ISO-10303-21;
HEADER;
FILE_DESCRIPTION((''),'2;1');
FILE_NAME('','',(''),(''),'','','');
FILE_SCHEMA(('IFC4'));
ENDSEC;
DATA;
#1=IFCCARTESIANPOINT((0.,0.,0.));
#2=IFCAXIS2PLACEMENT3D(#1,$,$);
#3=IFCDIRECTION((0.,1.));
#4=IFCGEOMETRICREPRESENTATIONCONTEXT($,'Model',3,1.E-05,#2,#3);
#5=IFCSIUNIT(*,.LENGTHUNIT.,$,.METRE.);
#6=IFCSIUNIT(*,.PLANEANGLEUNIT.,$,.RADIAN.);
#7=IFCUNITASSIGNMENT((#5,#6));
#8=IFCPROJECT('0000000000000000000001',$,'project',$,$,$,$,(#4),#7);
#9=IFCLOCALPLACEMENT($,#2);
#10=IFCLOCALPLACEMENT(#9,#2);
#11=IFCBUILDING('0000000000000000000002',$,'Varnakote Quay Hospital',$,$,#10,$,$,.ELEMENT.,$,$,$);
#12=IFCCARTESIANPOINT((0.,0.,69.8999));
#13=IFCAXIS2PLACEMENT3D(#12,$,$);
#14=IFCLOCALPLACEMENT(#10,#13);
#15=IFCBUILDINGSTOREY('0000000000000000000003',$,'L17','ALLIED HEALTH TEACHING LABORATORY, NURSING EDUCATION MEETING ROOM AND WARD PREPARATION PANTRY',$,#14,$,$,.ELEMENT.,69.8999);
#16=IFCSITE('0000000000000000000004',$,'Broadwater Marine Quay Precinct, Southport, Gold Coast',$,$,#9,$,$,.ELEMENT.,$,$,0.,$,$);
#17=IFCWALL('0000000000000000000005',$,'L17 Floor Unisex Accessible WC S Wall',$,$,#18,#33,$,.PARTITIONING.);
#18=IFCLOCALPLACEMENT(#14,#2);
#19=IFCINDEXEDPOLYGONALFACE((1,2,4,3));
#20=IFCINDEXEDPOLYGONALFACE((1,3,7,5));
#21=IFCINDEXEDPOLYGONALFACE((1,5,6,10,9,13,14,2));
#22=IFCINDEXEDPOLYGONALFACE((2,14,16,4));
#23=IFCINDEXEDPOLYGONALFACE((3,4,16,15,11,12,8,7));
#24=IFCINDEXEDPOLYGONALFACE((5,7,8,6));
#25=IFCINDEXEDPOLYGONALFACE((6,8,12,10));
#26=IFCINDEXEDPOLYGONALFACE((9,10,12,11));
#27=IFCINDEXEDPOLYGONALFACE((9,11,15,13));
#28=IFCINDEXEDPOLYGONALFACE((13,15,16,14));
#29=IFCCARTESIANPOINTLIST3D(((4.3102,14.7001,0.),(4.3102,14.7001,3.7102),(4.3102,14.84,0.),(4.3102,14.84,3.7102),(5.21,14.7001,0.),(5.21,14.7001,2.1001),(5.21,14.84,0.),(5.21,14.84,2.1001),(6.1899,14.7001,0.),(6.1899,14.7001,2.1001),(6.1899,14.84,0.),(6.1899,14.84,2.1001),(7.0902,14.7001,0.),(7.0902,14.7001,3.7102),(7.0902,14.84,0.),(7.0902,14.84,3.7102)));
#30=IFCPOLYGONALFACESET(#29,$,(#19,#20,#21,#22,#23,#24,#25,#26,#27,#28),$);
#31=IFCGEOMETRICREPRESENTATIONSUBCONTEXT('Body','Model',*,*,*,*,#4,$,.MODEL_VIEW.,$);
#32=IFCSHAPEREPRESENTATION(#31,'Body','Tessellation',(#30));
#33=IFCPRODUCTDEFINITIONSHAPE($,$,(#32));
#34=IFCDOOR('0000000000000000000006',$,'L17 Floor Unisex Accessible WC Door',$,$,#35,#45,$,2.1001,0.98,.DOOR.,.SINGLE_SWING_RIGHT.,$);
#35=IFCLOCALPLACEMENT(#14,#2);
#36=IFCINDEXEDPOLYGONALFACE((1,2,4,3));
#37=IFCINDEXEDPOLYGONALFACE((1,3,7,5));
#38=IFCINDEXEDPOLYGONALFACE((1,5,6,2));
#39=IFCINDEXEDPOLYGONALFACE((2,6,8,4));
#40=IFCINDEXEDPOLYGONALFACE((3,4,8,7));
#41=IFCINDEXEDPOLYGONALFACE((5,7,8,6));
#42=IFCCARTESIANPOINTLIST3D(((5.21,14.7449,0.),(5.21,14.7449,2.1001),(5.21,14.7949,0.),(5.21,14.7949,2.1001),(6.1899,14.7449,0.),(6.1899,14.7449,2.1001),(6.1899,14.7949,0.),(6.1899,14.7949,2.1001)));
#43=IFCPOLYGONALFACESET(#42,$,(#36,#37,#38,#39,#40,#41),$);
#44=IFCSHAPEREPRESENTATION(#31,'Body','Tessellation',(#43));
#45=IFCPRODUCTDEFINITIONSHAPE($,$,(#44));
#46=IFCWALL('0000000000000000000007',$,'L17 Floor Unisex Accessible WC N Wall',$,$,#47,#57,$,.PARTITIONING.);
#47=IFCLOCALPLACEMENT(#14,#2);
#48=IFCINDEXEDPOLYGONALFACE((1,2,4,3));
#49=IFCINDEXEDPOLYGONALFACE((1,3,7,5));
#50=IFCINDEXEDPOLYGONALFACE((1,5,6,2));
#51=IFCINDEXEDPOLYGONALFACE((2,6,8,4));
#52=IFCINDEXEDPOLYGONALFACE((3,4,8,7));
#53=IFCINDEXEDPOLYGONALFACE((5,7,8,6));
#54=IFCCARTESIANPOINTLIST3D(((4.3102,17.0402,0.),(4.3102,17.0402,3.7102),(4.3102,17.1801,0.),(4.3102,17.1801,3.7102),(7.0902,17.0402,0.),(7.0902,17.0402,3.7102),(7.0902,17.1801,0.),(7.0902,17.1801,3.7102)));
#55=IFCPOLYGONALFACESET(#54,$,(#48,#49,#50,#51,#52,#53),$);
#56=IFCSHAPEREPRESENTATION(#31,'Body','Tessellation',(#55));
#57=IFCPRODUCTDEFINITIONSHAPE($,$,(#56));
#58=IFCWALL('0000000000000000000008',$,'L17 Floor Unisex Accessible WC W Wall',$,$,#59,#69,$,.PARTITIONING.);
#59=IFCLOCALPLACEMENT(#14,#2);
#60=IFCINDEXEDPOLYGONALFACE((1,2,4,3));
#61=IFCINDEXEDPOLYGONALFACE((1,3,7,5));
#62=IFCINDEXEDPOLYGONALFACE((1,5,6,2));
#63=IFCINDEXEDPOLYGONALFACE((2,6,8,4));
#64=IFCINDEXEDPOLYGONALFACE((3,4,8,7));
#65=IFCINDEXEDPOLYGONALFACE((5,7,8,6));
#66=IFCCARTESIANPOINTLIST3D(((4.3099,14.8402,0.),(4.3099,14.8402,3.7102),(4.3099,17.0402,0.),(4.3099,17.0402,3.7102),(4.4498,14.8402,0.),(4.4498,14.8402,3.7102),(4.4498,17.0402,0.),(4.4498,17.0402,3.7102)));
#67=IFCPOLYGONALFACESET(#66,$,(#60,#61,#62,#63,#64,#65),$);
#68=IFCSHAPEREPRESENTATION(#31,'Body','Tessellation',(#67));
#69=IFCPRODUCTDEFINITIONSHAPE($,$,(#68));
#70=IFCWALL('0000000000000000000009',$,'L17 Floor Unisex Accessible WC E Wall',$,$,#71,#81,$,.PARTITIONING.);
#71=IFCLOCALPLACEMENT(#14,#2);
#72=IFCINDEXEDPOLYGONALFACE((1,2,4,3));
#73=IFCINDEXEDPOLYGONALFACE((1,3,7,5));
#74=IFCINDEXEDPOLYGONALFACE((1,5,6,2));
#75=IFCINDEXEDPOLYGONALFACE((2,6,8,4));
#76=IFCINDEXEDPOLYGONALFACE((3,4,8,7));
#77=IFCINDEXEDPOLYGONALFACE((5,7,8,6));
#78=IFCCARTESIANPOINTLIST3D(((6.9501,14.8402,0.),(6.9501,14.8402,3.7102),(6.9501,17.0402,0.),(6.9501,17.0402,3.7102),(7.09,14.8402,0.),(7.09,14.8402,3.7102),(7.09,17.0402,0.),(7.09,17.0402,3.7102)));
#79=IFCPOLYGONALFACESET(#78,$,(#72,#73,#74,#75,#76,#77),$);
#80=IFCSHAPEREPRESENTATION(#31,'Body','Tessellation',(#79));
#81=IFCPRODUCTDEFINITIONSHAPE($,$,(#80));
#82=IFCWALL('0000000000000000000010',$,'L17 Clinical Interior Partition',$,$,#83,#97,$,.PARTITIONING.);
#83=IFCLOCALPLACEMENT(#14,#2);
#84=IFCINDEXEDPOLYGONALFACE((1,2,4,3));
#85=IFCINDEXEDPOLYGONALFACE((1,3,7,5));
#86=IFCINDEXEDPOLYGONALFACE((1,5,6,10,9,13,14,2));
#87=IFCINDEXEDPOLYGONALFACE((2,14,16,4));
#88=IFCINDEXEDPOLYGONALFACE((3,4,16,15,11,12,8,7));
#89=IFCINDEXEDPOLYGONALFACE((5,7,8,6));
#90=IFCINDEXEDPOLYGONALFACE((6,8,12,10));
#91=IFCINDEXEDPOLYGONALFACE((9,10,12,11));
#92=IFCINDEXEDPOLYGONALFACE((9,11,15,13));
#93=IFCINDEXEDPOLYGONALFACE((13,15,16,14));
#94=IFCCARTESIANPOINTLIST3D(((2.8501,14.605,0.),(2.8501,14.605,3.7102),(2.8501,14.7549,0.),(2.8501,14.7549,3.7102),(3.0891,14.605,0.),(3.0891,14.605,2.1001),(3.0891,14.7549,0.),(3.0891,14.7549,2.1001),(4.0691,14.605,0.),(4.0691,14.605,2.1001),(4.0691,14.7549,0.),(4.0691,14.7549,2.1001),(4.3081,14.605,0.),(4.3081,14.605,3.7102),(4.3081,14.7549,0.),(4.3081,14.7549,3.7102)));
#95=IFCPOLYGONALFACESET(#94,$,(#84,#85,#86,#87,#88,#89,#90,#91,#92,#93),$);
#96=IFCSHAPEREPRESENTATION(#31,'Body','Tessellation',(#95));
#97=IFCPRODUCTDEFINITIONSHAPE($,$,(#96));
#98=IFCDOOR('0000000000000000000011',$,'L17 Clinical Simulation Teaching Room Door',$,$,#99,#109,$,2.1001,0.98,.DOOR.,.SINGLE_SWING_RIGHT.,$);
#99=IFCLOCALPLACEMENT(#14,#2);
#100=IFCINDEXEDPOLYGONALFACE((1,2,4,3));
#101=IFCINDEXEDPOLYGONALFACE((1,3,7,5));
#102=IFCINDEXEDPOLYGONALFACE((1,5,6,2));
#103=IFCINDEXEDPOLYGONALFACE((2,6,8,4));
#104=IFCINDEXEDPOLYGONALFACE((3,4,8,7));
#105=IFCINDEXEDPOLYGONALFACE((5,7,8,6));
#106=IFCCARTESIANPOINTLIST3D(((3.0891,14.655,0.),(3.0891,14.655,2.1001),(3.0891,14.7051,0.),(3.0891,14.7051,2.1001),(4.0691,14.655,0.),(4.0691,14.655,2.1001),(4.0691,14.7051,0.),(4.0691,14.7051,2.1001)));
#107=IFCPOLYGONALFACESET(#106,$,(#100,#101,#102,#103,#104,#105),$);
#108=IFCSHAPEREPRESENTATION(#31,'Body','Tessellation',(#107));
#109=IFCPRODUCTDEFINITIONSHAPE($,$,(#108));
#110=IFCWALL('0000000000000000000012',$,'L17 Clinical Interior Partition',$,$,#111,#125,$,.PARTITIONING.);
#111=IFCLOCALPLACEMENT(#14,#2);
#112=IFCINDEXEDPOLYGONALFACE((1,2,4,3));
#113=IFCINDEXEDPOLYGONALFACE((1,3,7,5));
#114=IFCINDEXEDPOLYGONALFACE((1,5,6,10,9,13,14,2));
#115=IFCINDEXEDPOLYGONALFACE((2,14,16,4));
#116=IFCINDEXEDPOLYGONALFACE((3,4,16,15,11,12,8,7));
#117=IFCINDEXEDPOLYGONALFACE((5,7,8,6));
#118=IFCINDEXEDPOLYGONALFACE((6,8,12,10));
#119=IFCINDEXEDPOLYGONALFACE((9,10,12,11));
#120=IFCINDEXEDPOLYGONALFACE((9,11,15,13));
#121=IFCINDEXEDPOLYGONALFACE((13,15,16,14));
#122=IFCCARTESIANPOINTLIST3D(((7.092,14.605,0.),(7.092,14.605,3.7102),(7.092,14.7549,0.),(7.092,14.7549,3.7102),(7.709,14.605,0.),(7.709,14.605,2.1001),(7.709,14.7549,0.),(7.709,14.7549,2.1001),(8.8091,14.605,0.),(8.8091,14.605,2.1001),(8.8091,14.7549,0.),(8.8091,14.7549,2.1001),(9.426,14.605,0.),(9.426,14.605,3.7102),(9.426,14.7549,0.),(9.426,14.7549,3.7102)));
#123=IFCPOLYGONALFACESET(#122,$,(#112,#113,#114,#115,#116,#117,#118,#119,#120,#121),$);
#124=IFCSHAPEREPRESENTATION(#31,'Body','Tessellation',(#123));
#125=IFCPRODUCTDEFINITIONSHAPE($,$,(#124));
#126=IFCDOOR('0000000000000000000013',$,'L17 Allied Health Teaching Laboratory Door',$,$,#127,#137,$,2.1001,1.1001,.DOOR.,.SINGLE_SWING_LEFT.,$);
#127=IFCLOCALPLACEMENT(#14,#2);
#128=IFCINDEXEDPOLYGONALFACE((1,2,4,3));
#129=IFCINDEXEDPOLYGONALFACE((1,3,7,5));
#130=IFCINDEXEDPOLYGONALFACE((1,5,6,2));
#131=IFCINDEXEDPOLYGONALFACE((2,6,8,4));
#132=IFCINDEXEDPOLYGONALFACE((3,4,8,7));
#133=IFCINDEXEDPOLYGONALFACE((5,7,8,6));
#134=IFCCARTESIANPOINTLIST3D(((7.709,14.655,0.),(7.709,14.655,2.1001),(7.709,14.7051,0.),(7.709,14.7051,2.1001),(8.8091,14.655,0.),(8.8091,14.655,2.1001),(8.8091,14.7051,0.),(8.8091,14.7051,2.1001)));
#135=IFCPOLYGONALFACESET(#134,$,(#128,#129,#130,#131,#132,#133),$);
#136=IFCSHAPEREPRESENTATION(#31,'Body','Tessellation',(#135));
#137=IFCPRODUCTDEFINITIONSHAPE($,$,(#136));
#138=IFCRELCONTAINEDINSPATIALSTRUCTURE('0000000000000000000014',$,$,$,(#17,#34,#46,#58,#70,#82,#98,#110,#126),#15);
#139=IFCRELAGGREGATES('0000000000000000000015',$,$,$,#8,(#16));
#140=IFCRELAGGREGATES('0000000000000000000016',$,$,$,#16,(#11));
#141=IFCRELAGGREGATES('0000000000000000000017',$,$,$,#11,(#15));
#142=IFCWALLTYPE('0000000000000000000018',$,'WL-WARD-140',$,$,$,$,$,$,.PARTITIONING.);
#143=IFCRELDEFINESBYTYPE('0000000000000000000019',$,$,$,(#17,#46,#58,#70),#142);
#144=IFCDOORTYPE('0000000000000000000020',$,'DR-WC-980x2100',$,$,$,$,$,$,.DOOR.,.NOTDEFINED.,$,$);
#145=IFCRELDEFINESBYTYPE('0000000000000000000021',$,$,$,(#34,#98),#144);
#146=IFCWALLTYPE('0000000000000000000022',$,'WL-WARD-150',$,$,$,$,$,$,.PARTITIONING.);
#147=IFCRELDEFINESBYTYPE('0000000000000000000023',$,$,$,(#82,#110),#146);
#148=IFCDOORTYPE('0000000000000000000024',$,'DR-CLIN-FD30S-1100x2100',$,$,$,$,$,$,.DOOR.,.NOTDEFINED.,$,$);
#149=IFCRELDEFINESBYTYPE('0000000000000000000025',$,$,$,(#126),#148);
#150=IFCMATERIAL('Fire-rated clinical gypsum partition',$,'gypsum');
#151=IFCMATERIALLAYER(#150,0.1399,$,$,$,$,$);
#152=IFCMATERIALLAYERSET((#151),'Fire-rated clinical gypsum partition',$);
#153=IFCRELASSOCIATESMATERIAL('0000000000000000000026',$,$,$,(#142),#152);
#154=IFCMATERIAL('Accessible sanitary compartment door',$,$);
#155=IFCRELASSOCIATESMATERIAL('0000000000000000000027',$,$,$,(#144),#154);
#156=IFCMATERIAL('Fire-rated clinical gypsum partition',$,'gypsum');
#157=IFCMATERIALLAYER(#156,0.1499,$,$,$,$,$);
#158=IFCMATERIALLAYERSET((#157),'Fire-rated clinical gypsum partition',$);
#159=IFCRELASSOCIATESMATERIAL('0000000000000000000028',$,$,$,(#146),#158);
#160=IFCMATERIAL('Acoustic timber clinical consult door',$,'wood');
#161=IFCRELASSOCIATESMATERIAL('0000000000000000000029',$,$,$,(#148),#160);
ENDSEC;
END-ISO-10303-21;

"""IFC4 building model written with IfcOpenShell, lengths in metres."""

from ifc_helpers import new_model, si_unit, direction, frame, frame_2d, origin, place, context, subcontext, project, spatial, rectangle, extrude, material, layer, layer_set, type_object, element, fill, save


model = new_model("IFC4")

# Units and contexts
model_context = context("Model", 3, precision=1e-05, world=origin(), true_north=direction((0.0, 1.0)))
body_context = subcontext(model_context, "Body", "Model", "MODEL_VIEW")
ifc_project = project(units=[si_unit("LENGTHUNIT", "METRE"), si_unit("PLANEANGLEUNIT", "RADIAN")], contexts=[model_context])

# Site, building, storey
site_placement = place(None, origin())
site = spatial("IfcSite", under=ifc_project, at=site_placement, Name="Broadwater Marine Quay Precinct, Southport, Gold Coast", CompositionType="ELEMENT", RefElevation=0.0)
building_placement = place(site_placement, origin())
building = spatial("IfcBuilding", under=site, at=building_placement, Name="Varnakote Quay Hospital", CompositionType="ELEMENT")
storey_placement = place(building_placement, frame((0.0, 0.0, 69.8999)))
storey = spatial("IfcBuildingStorey", under=building, at=storey_placement, Name="L17", Description="ALLIED HEALTH TEACHING LABORATORY, NURSING EDUCATION MEETING ROOM AND WARD PREPARATION PANTRY", CompositionType="ELEMENT", Elevation=69.8999)

# Wall, opening, door
ifc_material_1 = material(Name="Fire-rated clinical gypsum partition", Category="gypsum")
ifc_layer_1 = layer(ifc_material_1, 0.1399)
ifc_layer_set_1 = layer_set([ifc_layer_1], Name="Fire-rated clinical gypsum partition")
wall_type_1 = type_object("IfcWallType", Name="WL-WARD-140", PredefinedType="PARTITIONING", material=ifc_layer_set_1)
wall_1_placement = place(storey_placement, frame((4.3101, 14.77, 0.0), z_axis=(0.0, 0.0, 1.0), x_axis=(1.0, 0.0, 0.0)))
wall_1 = element("IfcWall", 1, at=wall_1_placement, inside=storey, type_object=wall_type_1, Name="L17 Floor Unisex Accessible WC S Wall", PredefinedType="PARTITIONING", context=body_context, shape_type="SweptSolid", body=[
    extrude(rectangle(XDim=2.78, YDim=0.1399, at=frame_2d((1.3901, 0.0))), origin(), (0.0, 0.0, 1.0), 3.7102),
])
opening_1_placement = place(wall_1_placement, frame((0.8999, 0.0, 0.0)))
opening_1 = element("IfcOpeningElement", 2, at=opening_1_placement, cuts=wall_1, PredefinedType="OPENING", context=body_context, shape_type="SweptSolid", body=[
    extrude(rectangle(XDim=0.98, YDim=2.1001, at=frame_2d((0.49, 1.05))), frame((0.0, 0.0798, 0.0), z_axis=(0.0, -1.0, 0.0), x_axis=(1.0, 0.0, 0.0)), (0.0, 0.0, 1.0), 0.1599),
])
ifc_material_2 = material(Name="Accessible sanitary compartment door")
door_type_1 = type_object("IfcDoorType", Name="DR-WC-980x2100", OperationType="NOTDEFINED", PredefinedType="DOOR", material=ifc_material_2)
door_1_placement = place(opening_1_placement, origin())
door_1 = element("IfcDoor", 3, at=door_1_placement, inside=storey, type_object=door_type_1, Name="L17 Floor Unisex Accessible WC Door", OperationType="SINGLE_SWING_RIGHT", OverallHeight=2.1001, OverallWidth=0.98, PredefinedType="DOOR", context=body_context, shape_type="SweptSolid", body=[
    extrude(rectangle(XDim=0.98, YDim=2.1001, at=frame_2d((0.49, 1.05))), frame((0.0, 0.0249, 0.0), z_axis=(0.0, -1.0, 0.0), x_axis=(1.0, 0.0, 0.0)), (0.0, 0.0, 1.0), 0.05),
])
fill(opening_1, door_1)

# Walls
wall_2_placement = place(storey_placement, frame((4.3101, 17.1101, 0.0), z_axis=(0.0, 0.0, 1.0), x_axis=(1.0, 0.0, 0.0)))
element("IfcWall", 4, at=wall_2_placement, inside=storey, type_object=wall_type_1, Name="L17 Floor Unisex Accessible WC N Wall", PredefinedType="PARTITIONING", context=body_context, shape_type="SweptSolid", body=[
    extrude(rectangle(XDim=2.78, YDim=0.1399, at=frame_2d((1.3901, 0.0))), origin(), (0.0, 0.0, 1.0), 3.7102),
])
for number, where, z_axis, x_axis, name in (
    (5, (4.3799, 14.8401, 0.0), (0.0, 0.0, 1.0), (0.0, 1.0, 0.0), "L17 Floor Unisex Accessible WC W Wall"),
    (6, (7.02, 14.8401, 0.0), (0.0, 0.0, 1.0), (0.0, 1.0, 0.0), "L17 Floor Unisex Accessible WC E Wall"),
):
    element("IfcWall", number, at=place(storey_placement, frame(where, z_axis=z_axis, x_axis=x_axis)), inside=storey, type_object=wall_type_1, Name=name, PredefinedType="PARTITIONING", context=body_context, shape_type="SweptSolid", body=[
        extrude(rectangle(XDim=2.2, YDim=0.1399, at=frame_2d((1.1001, 0.0))), origin(), (0.0, 0.0, 1.0), 3.7102),
    ])

# Walls, openings, doors
ifc_material_3 = material(Name="Fire-rated clinical gypsum partition", Category="gypsum")
ifc_layer_2 = layer(ifc_material_3, 0.1499)
ifc_layer_set_2 = layer_set([ifc_layer_2], Name="Fire-rated clinical gypsum partition")
wall_type_2 = type_object("IfcWallType", Name="WL-WARD-150", PredefinedType="PARTITIONING", material=ifc_layer_set_2)
wall_3_placement = place(storey_placement, frame((4.3081, 14.6799, 0.0), z_axis=(0.0, 0.0, 1.0), x_axis=(-1.0, 0.0, 0.0)))
wall_3 = element("IfcWall", 7, at=wall_3_placement, inside=storey, type_object=wall_type_2, Name="L17 Clinical Interior Partition", PredefinedType="PARTITIONING", context=body_context, shape_type="SweptSolid", body=[
    extrude(rectangle(XDim=1.458, YDim=0.1499, at=frame_2d((0.729, 0.0))), origin(), (0.0, 0.0, 1.0), 3.7102),
])
opening_2_placement = place(wall_3_placement, frame((0.239, 0.0, 0.0)))
opening_2 = element("IfcOpeningElement", 8, at=opening_2_placement, cuts=wall_3, PredefinedType="OPENING", context=body_context, shape_type="SweptSolid", body=[
    extrude(rectangle(XDim=0.98, YDim=2.1001, at=frame_2d((0.49, 1.05))), frame((0.0, 0.085, 0.0), z_axis=(0.0, -1.0, 0.0), x_axis=(1.0, 0.0, 0.0)), (0.0, 0.0, 1.0), 0.1699),
])
door_2_placement = place(opening_2_placement, origin())
door_2 = element("IfcDoor", 9, at=door_2_placement, inside=storey, type_object=door_type_1, Name="L17 Clinical Simulation Teaching Room Door", OperationType="SINGLE_SWING_RIGHT", OverallHeight=2.1001, OverallWidth=0.98, PredefinedType="DOOR", context=body_context, shape_type="SweptSolid", body=[
    extrude(rectangle(XDim=0.98, YDim=2.1001, at=frame_2d((0.49, 1.05))), frame((0.0, 0.0249, 0.0), z_axis=(0.0, -1.0, 0.0), x_axis=(1.0, 0.0, 0.0)), (0.0, 0.0, 1.0), 0.05),
])
fill(opening_2, door_2)
wall_4_placement = place(storey_placement, frame((9.426, 14.6799, 0.0), z_axis=(0.0, 0.0, 1.0), x_axis=(-1.0, 0.0, 0.0)))
wall_4 = element("IfcWall", 10, at=wall_4_placement, inside=storey, type_object=wall_type_2, Name="L17 Clinical Interior Partition", PredefinedType="PARTITIONING", context=body_context, shape_type="SweptSolid", body=[
    extrude(rectangle(XDim=2.334, YDim=0.1499, at=frame_2d((1.167, 0.0))), origin(), (0.0, 0.0, 1.0), 3.7102),
])
opening_3_placement = place(wall_4_placement, frame((0.6169, 0.0, 0.0)))
opening_3 = element("IfcOpeningElement", 11, at=opening_3_placement, cuts=wall_4, PredefinedType="OPENING", context=body_context, shape_type="SweptSolid", body=[
    extrude(rectangle(XDim=1.1001, YDim=2.1001, at=frame_2d((0.55, 1.05))), frame((0.0, 0.085, 0.0), z_axis=(0.0, -1.0, 0.0), x_axis=(1.0, 0.0, 0.0)), (0.0, 0.0, 1.0), 0.1699),
])
ifc_material_4 = material(Name="Acoustic timber clinical consult door", Category="wood")
door_type_2 = type_object("IfcDoorType", Name="DR-CLIN-FD30S-1100x2100", OperationType="NOTDEFINED", PredefinedType="DOOR", material=ifc_material_4)
door_3_placement = place(opening_3_placement, origin())
door_3 = element("IfcDoor", 12, at=door_3_placement, inside=storey, type_object=door_type_2, Name="L17 Allied Health Teaching Laboratory Door", OperationType="SINGLE_SWING_LEFT", OverallHeight=2.1001, OverallWidth=1.1001, PredefinedType="DOOR", context=body_context, shape_type="SweptSolid", body=[
    extrude(rectangle(XDim=1.1001, YDim=2.1001, at=frame_2d((0.55, 1.05))), frame((0.0, 0.0249, 0.0), z_axis=(0.0, -1.0, 0.0), x_axis=(1.0, 0.0, 0.0)), (0.0, 0.0, 1.0), 0.05),
])
fill(opening_3, door_3)

save(model, "model.ifc")
